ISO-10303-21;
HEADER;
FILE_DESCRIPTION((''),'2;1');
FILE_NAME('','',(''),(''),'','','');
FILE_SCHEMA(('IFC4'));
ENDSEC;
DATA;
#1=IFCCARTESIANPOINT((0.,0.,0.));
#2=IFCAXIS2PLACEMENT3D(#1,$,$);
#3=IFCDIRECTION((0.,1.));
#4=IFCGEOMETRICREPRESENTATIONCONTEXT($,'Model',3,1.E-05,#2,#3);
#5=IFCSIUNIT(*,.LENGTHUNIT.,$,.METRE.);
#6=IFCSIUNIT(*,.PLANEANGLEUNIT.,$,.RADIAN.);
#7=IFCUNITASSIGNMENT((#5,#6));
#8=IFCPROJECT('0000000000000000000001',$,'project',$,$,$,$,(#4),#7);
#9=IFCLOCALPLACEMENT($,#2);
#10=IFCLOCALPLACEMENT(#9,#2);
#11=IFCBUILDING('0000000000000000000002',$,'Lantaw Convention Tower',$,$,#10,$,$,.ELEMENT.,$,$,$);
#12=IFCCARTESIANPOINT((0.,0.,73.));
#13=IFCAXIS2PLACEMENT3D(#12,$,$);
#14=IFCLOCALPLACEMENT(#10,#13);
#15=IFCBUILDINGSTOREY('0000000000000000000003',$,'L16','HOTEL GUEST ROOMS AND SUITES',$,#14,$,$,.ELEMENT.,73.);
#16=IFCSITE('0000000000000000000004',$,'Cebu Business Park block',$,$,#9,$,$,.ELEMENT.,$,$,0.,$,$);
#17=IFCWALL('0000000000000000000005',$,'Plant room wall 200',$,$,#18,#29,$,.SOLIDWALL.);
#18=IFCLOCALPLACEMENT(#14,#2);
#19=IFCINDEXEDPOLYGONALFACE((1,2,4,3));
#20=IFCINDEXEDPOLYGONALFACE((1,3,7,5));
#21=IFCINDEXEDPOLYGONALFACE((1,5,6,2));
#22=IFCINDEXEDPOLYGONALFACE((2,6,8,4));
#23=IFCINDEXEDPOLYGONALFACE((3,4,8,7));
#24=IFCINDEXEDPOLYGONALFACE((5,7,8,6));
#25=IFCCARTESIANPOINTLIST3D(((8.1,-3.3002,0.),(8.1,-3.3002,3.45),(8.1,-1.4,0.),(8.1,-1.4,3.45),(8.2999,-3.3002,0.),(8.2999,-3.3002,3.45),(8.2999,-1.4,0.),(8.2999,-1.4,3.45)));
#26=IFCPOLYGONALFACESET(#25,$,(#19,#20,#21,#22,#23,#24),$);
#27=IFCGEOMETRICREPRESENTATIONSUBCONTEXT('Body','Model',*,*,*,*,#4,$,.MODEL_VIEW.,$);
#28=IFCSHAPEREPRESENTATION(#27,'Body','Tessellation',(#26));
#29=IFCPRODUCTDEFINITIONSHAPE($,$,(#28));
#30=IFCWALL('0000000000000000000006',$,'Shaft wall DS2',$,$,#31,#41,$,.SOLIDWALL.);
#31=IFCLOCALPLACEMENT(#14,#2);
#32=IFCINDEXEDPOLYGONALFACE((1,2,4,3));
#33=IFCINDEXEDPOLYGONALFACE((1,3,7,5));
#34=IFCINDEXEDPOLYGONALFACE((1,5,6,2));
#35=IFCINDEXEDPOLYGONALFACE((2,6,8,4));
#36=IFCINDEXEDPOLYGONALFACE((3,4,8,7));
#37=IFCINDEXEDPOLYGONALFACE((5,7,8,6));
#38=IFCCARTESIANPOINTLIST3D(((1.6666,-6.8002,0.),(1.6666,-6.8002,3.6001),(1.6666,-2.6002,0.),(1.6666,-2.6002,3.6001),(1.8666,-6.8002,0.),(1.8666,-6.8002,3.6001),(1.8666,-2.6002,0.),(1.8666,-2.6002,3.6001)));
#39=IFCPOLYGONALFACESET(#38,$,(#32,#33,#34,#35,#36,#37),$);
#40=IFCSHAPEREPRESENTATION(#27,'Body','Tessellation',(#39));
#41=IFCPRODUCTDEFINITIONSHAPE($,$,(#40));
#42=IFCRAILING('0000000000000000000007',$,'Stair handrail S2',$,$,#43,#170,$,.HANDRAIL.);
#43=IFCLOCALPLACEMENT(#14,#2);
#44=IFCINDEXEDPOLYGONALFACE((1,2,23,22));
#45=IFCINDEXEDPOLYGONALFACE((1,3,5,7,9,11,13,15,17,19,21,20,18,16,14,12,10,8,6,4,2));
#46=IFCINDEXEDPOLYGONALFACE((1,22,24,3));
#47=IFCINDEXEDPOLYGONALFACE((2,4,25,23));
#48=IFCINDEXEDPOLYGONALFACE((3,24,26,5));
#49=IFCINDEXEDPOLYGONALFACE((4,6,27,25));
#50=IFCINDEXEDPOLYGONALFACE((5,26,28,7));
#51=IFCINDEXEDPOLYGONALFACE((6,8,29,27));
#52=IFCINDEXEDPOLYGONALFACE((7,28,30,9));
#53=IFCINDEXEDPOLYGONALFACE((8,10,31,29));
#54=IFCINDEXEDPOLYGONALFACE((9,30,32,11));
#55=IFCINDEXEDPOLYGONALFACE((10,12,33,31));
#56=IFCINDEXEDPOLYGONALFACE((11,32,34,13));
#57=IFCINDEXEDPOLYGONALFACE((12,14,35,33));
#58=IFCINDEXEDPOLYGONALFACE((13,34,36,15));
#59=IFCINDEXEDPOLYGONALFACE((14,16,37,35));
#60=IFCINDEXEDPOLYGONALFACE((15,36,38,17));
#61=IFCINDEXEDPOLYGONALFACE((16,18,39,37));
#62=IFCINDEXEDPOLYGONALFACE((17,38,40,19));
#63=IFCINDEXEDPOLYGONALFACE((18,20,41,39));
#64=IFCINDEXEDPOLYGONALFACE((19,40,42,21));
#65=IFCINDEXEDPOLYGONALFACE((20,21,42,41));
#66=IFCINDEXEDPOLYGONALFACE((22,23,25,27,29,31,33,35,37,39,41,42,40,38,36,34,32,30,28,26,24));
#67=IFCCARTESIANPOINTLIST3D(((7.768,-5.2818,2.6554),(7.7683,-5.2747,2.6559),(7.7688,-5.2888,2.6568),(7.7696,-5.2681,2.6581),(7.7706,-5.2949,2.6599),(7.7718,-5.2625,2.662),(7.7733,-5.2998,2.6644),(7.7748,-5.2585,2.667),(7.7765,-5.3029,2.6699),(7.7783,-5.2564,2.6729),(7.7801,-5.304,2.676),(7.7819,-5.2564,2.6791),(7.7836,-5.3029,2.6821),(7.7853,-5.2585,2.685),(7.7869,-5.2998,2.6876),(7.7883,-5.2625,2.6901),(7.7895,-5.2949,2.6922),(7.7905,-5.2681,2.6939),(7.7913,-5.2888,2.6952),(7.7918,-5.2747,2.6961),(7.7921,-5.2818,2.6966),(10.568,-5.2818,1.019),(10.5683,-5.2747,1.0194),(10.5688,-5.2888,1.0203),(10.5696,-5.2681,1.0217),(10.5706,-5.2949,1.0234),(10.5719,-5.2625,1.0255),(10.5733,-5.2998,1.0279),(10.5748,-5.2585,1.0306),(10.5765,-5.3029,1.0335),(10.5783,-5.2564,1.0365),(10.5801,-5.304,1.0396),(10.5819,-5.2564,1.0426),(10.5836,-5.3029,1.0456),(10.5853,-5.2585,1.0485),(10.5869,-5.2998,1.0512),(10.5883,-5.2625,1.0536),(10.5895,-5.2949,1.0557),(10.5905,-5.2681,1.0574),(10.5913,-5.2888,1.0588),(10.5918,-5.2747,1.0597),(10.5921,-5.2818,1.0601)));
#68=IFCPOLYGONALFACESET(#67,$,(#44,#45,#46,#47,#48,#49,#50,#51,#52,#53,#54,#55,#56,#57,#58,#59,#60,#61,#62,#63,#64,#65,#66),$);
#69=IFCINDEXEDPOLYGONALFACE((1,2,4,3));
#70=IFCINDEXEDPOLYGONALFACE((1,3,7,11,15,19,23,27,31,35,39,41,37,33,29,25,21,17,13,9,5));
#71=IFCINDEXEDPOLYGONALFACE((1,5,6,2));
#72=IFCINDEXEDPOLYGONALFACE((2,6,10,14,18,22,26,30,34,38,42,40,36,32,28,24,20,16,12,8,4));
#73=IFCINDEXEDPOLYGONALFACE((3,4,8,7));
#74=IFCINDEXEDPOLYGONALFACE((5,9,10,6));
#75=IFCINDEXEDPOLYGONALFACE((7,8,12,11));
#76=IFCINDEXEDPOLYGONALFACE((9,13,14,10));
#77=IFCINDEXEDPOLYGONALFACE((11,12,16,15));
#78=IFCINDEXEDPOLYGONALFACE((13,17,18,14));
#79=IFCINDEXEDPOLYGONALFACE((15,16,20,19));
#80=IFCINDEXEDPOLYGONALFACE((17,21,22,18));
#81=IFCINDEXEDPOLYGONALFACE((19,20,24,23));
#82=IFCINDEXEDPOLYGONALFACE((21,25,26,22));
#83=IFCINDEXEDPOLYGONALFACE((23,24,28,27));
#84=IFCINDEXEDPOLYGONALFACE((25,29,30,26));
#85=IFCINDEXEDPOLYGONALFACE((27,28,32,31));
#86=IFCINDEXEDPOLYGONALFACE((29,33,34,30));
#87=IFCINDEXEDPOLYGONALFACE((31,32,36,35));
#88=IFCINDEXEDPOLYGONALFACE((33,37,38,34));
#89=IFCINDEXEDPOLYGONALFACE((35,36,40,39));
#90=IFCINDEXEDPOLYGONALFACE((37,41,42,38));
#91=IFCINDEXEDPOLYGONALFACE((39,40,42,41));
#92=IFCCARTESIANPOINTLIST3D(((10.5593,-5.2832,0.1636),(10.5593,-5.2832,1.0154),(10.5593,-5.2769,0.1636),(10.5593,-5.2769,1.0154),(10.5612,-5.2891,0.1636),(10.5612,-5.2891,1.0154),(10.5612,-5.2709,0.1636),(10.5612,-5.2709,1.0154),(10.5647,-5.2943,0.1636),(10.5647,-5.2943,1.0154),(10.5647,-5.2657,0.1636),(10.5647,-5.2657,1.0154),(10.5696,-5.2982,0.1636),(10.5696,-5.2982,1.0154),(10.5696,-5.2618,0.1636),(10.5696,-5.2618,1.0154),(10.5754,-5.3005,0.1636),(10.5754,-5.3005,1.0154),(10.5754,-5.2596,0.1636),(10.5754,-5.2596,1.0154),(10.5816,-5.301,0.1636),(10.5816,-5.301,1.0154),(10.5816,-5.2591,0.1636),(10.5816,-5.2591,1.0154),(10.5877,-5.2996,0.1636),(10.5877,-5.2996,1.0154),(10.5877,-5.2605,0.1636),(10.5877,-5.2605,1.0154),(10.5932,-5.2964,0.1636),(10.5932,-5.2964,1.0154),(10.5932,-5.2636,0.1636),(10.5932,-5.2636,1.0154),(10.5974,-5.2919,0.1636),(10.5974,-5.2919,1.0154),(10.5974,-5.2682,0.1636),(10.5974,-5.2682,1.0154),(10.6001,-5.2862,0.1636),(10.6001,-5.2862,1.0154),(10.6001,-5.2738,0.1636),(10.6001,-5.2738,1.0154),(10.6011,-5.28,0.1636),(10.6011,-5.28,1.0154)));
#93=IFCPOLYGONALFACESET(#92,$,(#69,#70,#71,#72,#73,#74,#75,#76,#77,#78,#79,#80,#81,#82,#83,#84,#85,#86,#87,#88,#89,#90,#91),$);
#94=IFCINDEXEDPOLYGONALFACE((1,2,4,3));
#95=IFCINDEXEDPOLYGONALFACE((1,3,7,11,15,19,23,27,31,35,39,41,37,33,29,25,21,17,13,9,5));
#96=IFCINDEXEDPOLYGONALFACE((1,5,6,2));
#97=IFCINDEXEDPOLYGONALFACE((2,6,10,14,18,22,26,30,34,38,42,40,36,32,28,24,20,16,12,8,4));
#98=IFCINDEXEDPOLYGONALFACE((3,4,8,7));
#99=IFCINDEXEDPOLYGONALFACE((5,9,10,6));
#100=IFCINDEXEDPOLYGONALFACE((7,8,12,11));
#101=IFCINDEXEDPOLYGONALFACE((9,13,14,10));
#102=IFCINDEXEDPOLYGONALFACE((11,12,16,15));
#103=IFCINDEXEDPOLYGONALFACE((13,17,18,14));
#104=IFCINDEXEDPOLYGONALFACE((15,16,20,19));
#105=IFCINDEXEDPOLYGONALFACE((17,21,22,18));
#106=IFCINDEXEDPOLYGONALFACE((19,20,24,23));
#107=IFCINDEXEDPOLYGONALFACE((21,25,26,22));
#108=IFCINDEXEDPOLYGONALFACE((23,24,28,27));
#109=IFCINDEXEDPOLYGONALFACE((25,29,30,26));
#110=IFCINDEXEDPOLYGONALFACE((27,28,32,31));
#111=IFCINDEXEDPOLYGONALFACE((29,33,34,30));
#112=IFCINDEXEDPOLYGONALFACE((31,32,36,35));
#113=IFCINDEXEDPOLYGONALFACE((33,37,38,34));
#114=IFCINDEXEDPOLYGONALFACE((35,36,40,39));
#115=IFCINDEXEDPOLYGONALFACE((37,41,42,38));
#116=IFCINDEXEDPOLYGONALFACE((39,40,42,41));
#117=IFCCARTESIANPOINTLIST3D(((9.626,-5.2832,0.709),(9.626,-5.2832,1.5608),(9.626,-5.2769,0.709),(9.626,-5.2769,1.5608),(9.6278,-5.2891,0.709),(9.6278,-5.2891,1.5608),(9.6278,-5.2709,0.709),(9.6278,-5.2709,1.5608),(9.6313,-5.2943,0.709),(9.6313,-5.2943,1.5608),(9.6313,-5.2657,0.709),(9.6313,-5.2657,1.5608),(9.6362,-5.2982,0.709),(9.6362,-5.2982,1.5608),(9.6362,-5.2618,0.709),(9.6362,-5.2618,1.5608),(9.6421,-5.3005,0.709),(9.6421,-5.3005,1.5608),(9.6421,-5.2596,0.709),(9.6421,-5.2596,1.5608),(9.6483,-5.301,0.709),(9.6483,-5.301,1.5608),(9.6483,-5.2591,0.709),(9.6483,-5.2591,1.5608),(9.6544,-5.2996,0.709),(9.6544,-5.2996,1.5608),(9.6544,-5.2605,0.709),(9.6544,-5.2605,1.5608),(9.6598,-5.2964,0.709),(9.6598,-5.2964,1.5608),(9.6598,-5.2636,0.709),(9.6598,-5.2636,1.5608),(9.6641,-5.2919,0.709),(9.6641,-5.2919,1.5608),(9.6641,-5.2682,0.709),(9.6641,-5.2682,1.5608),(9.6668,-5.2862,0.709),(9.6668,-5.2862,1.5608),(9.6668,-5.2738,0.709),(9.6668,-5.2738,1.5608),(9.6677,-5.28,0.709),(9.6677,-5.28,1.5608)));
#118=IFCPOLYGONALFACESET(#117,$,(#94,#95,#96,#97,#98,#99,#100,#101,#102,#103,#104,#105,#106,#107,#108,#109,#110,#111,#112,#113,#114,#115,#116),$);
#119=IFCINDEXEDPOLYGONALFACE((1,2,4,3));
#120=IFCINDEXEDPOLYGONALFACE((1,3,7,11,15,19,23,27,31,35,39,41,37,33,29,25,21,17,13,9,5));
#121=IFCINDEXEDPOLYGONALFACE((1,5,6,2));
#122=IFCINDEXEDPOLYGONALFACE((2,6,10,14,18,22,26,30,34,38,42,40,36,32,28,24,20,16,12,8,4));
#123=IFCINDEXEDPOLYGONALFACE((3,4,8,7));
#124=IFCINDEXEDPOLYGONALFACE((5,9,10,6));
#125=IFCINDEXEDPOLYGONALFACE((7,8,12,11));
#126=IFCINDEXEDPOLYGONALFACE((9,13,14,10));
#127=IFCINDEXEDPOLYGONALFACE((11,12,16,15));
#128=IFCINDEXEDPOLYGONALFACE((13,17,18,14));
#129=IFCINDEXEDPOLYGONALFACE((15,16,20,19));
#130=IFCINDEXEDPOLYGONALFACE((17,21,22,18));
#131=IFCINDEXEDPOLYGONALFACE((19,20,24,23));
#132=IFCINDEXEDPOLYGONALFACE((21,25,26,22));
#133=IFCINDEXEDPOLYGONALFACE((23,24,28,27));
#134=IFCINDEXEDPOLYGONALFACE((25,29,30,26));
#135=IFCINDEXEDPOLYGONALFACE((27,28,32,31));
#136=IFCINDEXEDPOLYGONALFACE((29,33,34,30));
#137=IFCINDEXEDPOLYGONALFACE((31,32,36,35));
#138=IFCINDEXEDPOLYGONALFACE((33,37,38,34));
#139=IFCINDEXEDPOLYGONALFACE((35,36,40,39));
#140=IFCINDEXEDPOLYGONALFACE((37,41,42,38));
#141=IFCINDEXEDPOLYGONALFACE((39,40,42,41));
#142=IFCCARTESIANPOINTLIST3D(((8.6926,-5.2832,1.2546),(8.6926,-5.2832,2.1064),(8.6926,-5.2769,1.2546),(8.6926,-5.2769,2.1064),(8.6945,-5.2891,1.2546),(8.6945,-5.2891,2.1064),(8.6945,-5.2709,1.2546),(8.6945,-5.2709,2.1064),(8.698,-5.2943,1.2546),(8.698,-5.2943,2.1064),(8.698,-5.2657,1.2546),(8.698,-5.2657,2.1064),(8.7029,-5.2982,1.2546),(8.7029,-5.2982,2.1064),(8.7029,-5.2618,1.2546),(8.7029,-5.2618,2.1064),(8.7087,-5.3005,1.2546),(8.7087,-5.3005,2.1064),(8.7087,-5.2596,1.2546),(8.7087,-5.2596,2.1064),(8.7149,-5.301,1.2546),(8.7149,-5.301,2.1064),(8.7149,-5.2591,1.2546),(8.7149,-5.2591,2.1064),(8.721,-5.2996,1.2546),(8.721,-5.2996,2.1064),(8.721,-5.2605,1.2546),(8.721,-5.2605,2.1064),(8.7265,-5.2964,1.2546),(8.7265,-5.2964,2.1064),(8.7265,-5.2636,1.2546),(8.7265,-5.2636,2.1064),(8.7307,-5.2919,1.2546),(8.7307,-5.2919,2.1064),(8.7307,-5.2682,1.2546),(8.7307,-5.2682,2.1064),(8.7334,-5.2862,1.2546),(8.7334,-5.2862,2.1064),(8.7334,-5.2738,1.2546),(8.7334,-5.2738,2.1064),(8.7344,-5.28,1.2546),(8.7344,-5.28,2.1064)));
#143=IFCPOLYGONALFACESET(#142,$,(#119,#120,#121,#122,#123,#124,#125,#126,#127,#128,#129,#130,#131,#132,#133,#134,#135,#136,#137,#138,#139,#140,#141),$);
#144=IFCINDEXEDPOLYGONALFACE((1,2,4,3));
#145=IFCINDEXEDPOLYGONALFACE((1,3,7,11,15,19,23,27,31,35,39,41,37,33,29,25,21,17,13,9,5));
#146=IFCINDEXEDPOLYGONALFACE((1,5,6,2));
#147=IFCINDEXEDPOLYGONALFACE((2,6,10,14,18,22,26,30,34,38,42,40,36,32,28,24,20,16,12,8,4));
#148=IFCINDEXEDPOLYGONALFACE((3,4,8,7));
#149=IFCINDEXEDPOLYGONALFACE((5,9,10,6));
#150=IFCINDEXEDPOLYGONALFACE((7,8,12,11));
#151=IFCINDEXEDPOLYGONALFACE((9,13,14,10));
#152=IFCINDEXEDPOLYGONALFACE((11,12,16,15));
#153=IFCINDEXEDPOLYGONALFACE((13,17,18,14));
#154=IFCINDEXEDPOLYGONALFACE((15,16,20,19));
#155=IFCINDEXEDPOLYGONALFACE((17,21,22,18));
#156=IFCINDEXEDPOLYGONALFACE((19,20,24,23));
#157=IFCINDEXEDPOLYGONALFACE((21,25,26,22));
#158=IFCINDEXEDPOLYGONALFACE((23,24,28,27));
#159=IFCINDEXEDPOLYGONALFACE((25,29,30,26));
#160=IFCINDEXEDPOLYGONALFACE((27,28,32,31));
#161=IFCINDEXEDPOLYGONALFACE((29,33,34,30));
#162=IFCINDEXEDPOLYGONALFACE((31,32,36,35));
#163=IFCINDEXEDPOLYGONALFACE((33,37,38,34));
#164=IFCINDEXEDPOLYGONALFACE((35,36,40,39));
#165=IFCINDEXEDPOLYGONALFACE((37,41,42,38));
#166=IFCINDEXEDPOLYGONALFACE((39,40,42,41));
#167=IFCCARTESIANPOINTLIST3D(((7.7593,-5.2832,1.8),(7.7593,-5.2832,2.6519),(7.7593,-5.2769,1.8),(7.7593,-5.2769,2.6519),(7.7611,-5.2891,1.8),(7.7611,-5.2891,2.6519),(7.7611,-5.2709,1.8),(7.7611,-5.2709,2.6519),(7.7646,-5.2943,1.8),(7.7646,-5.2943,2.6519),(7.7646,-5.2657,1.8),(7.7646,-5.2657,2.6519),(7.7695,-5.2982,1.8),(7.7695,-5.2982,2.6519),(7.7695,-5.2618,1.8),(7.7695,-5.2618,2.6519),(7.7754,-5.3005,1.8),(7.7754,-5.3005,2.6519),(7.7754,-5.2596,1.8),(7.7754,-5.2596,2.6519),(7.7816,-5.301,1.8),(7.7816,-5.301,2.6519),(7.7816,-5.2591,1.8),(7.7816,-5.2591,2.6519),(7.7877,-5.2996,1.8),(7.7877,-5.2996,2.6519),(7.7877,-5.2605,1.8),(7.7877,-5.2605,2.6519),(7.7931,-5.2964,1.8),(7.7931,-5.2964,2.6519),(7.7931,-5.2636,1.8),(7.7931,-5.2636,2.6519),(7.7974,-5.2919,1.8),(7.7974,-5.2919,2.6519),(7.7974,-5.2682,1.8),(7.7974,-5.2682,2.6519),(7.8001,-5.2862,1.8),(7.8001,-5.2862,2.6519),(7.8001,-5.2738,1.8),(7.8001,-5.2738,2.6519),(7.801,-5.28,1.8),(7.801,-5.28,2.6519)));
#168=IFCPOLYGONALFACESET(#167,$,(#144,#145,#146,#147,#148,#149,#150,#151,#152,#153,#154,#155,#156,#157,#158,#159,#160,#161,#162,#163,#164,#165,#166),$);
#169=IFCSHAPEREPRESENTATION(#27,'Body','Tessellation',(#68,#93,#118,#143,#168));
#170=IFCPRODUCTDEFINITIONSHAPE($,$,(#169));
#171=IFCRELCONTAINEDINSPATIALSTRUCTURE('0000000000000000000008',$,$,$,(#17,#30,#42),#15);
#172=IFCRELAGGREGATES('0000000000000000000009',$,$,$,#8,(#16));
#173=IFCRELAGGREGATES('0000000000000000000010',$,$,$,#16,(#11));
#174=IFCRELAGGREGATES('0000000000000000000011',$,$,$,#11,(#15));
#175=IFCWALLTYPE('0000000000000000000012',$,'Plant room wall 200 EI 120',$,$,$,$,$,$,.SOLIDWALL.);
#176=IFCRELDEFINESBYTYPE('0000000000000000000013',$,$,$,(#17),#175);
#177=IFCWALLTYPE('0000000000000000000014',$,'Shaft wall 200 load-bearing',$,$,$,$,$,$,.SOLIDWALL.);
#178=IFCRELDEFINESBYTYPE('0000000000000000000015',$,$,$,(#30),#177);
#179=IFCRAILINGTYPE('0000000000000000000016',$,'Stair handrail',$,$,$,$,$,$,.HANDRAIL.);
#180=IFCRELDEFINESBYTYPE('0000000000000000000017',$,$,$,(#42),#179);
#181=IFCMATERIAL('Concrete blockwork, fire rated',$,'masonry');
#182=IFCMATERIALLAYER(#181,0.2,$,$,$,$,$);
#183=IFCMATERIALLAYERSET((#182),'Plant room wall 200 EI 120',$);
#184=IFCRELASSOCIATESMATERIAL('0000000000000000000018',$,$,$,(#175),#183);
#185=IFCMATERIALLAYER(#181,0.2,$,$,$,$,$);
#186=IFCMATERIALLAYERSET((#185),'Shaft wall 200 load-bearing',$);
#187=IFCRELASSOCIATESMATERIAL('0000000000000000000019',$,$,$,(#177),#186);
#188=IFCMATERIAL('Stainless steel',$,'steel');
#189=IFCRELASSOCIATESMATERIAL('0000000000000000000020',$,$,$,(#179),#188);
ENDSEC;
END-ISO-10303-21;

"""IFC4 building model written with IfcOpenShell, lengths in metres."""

from ifc_helpers import new_model, si_unit, direction, frame, frame_2d, origin, origin_2d, place, context, subcontext, project, spatial, rectangle, circle, extrude, material, layer, layer_set, type_object, element, save


model = new_model("IFC4")

# Units and contexts
model_context = context("Model", 3, precision=1e-05, world=origin(), true_north=direction((0.0, 1.0)))
body_context = subcontext(model_context, "Body", "Model", "MODEL_VIEW")
ifc_project = project(units=[si_unit("LENGTHUNIT", "METRE"), si_unit("PLANEANGLEUNIT", "RADIAN")], contexts=[model_context])

# Site, building, storey
site_placement = place(None, origin())
site = spatial("IfcSite", under=ifc_project, at=site_placement, Name="Cebu Business Park block", CompositionType="ELEMENT", RefElevation=0.0)
building_placement = place(site_placement, origin())
building = spatial("IfcBuilding", under=site, at=building_placement, Name="Lantaw Convention Tower", CompositionType="ELEMENT")
storey_placement = place(building_placement, frame((0.0, 0.0, 73.0)))
storey = spatial("IfcBuildingStorey", under=building, at=storey_placement, Name="L16", Description="HOTEL GUEST ROOMS AND SUITES", CompositionType="ELEMENT", Elevation=73.0)

# Shared definitions
ifc_material_1 = material(Name="Concrete blockwork, fire rated", Category="masonry")
ifc_layer_1 = layer(ifc_material_1, 0.2)
ifc_layer_set_1 = layer_set([ifc_layer_1], Name="Plant room wall 200 EI 120")
wall_type_1 = type_object("IfcWallType", Name="Plant room wall 200 EI 120", PredefinedType="SOLIDWALL", material=ifc_layer_set_1)

# Walls
wall_1_placement = place(storey_placement, frame((8.2, -1.3999, 0.0), z_axis=(0.0, 0.0, 1.0), x_axis=(0.0, -1.0, 0.0)))
element("IfcWall", 1, at=wall_1_placement, inside=storey, type_object=wall_type_1, Name="Plant room wall 200", PredefinedType="SOLIDWALL", context=body_context, shape_type="SweptSolid", body=[
    extrude(rectangle(XDim=1.9001, YDim=0.2, at=frame_2d((0.9502, 0.0))), origin(), (0.0, 0.0, 1.0), 3.45),
])
ifc_layer_2 = layer(ifc_material_1, 0.2)
ifc_layer_set_2 = layer_set([ifc_layer_2], Name="Shaft wall 200 load-bearing")
wall_type_2 = type_object("IfcWallType", Name="Shaft wall 200 load-bearing", PredefinedType="SOLIDWALL", material=ifc_layer_set_2)
wall_2_placement = place(storey_placement, frame((1.7666, -2.6001, 0.0), z_axis=(0.0, 0.0, 1.0), x_axis=(0.0, -1.0, 0.0)))
element("IfcWall", 2, at=wall_2_placement, inside=storey, type_object=wall_type_2, Name="Shaft wall DS2", PredefinedType="SOLIDWALL", context=body_context, shape_type="SweptSolid", body=[
    extrude(rectangle(XDim=4.2, YDim=0.2, at=frame_2d((2.1001, 0.0))), origin(), (0.0, 0.0, 1.0), 3.6001),
])

# Railing
ifc_material_2 = material(Name="Stainless steel", Category="steel")
railing_type = type_object("IfcRailingType", Name="Stair handrail", PredefinedType="HANDRAIL", material=ifc_material_2)
railing_1_placement = place(storey_placement, frame((10.5801, -5.28, 0.1636)))
element("IfcRailing", 3, at=railing_1_placement, inside=storey, type_object=railing_type, Name="Stair handrail S2", PredefinedType="HANDRAIL", context=body_context, shape_type="SweptSolid", body=[
    extrude(circle(Radius=0.0239, at=origin_2d()), frame((0.0, 0.0, 0.876), z_axis=(-0.863361, 0.0, 0.504587), x_axis=(0.0, -1.0, 0.0)), (0.0, 0.0, 1.0), 3.2432),
    extrude(circle(Radius=0.021, at=origin_2d()), origin(), (0.0, 0.0, 1.0), 0.8518),
    extrude(circle(Radius=0.021, at=origin_2d()), frame((-0.9333, 0.0, 0.5454)), (0.0, 0.0, 1.0), 0.8518),
    extrude(circle(Radius=0.021, at=origin_2d()), frame((-1.8667, 0.0, 1.0911)), (0.0, 0.0, 1.0), 0.8518),
    extrude(circle(Radius=0.021, at=origin_2d()), frame((-2.8, 0.0, 1.6365)), (0.0, 0.0, 1.0), 0.8518),
])

save(model, "model.ifc")
